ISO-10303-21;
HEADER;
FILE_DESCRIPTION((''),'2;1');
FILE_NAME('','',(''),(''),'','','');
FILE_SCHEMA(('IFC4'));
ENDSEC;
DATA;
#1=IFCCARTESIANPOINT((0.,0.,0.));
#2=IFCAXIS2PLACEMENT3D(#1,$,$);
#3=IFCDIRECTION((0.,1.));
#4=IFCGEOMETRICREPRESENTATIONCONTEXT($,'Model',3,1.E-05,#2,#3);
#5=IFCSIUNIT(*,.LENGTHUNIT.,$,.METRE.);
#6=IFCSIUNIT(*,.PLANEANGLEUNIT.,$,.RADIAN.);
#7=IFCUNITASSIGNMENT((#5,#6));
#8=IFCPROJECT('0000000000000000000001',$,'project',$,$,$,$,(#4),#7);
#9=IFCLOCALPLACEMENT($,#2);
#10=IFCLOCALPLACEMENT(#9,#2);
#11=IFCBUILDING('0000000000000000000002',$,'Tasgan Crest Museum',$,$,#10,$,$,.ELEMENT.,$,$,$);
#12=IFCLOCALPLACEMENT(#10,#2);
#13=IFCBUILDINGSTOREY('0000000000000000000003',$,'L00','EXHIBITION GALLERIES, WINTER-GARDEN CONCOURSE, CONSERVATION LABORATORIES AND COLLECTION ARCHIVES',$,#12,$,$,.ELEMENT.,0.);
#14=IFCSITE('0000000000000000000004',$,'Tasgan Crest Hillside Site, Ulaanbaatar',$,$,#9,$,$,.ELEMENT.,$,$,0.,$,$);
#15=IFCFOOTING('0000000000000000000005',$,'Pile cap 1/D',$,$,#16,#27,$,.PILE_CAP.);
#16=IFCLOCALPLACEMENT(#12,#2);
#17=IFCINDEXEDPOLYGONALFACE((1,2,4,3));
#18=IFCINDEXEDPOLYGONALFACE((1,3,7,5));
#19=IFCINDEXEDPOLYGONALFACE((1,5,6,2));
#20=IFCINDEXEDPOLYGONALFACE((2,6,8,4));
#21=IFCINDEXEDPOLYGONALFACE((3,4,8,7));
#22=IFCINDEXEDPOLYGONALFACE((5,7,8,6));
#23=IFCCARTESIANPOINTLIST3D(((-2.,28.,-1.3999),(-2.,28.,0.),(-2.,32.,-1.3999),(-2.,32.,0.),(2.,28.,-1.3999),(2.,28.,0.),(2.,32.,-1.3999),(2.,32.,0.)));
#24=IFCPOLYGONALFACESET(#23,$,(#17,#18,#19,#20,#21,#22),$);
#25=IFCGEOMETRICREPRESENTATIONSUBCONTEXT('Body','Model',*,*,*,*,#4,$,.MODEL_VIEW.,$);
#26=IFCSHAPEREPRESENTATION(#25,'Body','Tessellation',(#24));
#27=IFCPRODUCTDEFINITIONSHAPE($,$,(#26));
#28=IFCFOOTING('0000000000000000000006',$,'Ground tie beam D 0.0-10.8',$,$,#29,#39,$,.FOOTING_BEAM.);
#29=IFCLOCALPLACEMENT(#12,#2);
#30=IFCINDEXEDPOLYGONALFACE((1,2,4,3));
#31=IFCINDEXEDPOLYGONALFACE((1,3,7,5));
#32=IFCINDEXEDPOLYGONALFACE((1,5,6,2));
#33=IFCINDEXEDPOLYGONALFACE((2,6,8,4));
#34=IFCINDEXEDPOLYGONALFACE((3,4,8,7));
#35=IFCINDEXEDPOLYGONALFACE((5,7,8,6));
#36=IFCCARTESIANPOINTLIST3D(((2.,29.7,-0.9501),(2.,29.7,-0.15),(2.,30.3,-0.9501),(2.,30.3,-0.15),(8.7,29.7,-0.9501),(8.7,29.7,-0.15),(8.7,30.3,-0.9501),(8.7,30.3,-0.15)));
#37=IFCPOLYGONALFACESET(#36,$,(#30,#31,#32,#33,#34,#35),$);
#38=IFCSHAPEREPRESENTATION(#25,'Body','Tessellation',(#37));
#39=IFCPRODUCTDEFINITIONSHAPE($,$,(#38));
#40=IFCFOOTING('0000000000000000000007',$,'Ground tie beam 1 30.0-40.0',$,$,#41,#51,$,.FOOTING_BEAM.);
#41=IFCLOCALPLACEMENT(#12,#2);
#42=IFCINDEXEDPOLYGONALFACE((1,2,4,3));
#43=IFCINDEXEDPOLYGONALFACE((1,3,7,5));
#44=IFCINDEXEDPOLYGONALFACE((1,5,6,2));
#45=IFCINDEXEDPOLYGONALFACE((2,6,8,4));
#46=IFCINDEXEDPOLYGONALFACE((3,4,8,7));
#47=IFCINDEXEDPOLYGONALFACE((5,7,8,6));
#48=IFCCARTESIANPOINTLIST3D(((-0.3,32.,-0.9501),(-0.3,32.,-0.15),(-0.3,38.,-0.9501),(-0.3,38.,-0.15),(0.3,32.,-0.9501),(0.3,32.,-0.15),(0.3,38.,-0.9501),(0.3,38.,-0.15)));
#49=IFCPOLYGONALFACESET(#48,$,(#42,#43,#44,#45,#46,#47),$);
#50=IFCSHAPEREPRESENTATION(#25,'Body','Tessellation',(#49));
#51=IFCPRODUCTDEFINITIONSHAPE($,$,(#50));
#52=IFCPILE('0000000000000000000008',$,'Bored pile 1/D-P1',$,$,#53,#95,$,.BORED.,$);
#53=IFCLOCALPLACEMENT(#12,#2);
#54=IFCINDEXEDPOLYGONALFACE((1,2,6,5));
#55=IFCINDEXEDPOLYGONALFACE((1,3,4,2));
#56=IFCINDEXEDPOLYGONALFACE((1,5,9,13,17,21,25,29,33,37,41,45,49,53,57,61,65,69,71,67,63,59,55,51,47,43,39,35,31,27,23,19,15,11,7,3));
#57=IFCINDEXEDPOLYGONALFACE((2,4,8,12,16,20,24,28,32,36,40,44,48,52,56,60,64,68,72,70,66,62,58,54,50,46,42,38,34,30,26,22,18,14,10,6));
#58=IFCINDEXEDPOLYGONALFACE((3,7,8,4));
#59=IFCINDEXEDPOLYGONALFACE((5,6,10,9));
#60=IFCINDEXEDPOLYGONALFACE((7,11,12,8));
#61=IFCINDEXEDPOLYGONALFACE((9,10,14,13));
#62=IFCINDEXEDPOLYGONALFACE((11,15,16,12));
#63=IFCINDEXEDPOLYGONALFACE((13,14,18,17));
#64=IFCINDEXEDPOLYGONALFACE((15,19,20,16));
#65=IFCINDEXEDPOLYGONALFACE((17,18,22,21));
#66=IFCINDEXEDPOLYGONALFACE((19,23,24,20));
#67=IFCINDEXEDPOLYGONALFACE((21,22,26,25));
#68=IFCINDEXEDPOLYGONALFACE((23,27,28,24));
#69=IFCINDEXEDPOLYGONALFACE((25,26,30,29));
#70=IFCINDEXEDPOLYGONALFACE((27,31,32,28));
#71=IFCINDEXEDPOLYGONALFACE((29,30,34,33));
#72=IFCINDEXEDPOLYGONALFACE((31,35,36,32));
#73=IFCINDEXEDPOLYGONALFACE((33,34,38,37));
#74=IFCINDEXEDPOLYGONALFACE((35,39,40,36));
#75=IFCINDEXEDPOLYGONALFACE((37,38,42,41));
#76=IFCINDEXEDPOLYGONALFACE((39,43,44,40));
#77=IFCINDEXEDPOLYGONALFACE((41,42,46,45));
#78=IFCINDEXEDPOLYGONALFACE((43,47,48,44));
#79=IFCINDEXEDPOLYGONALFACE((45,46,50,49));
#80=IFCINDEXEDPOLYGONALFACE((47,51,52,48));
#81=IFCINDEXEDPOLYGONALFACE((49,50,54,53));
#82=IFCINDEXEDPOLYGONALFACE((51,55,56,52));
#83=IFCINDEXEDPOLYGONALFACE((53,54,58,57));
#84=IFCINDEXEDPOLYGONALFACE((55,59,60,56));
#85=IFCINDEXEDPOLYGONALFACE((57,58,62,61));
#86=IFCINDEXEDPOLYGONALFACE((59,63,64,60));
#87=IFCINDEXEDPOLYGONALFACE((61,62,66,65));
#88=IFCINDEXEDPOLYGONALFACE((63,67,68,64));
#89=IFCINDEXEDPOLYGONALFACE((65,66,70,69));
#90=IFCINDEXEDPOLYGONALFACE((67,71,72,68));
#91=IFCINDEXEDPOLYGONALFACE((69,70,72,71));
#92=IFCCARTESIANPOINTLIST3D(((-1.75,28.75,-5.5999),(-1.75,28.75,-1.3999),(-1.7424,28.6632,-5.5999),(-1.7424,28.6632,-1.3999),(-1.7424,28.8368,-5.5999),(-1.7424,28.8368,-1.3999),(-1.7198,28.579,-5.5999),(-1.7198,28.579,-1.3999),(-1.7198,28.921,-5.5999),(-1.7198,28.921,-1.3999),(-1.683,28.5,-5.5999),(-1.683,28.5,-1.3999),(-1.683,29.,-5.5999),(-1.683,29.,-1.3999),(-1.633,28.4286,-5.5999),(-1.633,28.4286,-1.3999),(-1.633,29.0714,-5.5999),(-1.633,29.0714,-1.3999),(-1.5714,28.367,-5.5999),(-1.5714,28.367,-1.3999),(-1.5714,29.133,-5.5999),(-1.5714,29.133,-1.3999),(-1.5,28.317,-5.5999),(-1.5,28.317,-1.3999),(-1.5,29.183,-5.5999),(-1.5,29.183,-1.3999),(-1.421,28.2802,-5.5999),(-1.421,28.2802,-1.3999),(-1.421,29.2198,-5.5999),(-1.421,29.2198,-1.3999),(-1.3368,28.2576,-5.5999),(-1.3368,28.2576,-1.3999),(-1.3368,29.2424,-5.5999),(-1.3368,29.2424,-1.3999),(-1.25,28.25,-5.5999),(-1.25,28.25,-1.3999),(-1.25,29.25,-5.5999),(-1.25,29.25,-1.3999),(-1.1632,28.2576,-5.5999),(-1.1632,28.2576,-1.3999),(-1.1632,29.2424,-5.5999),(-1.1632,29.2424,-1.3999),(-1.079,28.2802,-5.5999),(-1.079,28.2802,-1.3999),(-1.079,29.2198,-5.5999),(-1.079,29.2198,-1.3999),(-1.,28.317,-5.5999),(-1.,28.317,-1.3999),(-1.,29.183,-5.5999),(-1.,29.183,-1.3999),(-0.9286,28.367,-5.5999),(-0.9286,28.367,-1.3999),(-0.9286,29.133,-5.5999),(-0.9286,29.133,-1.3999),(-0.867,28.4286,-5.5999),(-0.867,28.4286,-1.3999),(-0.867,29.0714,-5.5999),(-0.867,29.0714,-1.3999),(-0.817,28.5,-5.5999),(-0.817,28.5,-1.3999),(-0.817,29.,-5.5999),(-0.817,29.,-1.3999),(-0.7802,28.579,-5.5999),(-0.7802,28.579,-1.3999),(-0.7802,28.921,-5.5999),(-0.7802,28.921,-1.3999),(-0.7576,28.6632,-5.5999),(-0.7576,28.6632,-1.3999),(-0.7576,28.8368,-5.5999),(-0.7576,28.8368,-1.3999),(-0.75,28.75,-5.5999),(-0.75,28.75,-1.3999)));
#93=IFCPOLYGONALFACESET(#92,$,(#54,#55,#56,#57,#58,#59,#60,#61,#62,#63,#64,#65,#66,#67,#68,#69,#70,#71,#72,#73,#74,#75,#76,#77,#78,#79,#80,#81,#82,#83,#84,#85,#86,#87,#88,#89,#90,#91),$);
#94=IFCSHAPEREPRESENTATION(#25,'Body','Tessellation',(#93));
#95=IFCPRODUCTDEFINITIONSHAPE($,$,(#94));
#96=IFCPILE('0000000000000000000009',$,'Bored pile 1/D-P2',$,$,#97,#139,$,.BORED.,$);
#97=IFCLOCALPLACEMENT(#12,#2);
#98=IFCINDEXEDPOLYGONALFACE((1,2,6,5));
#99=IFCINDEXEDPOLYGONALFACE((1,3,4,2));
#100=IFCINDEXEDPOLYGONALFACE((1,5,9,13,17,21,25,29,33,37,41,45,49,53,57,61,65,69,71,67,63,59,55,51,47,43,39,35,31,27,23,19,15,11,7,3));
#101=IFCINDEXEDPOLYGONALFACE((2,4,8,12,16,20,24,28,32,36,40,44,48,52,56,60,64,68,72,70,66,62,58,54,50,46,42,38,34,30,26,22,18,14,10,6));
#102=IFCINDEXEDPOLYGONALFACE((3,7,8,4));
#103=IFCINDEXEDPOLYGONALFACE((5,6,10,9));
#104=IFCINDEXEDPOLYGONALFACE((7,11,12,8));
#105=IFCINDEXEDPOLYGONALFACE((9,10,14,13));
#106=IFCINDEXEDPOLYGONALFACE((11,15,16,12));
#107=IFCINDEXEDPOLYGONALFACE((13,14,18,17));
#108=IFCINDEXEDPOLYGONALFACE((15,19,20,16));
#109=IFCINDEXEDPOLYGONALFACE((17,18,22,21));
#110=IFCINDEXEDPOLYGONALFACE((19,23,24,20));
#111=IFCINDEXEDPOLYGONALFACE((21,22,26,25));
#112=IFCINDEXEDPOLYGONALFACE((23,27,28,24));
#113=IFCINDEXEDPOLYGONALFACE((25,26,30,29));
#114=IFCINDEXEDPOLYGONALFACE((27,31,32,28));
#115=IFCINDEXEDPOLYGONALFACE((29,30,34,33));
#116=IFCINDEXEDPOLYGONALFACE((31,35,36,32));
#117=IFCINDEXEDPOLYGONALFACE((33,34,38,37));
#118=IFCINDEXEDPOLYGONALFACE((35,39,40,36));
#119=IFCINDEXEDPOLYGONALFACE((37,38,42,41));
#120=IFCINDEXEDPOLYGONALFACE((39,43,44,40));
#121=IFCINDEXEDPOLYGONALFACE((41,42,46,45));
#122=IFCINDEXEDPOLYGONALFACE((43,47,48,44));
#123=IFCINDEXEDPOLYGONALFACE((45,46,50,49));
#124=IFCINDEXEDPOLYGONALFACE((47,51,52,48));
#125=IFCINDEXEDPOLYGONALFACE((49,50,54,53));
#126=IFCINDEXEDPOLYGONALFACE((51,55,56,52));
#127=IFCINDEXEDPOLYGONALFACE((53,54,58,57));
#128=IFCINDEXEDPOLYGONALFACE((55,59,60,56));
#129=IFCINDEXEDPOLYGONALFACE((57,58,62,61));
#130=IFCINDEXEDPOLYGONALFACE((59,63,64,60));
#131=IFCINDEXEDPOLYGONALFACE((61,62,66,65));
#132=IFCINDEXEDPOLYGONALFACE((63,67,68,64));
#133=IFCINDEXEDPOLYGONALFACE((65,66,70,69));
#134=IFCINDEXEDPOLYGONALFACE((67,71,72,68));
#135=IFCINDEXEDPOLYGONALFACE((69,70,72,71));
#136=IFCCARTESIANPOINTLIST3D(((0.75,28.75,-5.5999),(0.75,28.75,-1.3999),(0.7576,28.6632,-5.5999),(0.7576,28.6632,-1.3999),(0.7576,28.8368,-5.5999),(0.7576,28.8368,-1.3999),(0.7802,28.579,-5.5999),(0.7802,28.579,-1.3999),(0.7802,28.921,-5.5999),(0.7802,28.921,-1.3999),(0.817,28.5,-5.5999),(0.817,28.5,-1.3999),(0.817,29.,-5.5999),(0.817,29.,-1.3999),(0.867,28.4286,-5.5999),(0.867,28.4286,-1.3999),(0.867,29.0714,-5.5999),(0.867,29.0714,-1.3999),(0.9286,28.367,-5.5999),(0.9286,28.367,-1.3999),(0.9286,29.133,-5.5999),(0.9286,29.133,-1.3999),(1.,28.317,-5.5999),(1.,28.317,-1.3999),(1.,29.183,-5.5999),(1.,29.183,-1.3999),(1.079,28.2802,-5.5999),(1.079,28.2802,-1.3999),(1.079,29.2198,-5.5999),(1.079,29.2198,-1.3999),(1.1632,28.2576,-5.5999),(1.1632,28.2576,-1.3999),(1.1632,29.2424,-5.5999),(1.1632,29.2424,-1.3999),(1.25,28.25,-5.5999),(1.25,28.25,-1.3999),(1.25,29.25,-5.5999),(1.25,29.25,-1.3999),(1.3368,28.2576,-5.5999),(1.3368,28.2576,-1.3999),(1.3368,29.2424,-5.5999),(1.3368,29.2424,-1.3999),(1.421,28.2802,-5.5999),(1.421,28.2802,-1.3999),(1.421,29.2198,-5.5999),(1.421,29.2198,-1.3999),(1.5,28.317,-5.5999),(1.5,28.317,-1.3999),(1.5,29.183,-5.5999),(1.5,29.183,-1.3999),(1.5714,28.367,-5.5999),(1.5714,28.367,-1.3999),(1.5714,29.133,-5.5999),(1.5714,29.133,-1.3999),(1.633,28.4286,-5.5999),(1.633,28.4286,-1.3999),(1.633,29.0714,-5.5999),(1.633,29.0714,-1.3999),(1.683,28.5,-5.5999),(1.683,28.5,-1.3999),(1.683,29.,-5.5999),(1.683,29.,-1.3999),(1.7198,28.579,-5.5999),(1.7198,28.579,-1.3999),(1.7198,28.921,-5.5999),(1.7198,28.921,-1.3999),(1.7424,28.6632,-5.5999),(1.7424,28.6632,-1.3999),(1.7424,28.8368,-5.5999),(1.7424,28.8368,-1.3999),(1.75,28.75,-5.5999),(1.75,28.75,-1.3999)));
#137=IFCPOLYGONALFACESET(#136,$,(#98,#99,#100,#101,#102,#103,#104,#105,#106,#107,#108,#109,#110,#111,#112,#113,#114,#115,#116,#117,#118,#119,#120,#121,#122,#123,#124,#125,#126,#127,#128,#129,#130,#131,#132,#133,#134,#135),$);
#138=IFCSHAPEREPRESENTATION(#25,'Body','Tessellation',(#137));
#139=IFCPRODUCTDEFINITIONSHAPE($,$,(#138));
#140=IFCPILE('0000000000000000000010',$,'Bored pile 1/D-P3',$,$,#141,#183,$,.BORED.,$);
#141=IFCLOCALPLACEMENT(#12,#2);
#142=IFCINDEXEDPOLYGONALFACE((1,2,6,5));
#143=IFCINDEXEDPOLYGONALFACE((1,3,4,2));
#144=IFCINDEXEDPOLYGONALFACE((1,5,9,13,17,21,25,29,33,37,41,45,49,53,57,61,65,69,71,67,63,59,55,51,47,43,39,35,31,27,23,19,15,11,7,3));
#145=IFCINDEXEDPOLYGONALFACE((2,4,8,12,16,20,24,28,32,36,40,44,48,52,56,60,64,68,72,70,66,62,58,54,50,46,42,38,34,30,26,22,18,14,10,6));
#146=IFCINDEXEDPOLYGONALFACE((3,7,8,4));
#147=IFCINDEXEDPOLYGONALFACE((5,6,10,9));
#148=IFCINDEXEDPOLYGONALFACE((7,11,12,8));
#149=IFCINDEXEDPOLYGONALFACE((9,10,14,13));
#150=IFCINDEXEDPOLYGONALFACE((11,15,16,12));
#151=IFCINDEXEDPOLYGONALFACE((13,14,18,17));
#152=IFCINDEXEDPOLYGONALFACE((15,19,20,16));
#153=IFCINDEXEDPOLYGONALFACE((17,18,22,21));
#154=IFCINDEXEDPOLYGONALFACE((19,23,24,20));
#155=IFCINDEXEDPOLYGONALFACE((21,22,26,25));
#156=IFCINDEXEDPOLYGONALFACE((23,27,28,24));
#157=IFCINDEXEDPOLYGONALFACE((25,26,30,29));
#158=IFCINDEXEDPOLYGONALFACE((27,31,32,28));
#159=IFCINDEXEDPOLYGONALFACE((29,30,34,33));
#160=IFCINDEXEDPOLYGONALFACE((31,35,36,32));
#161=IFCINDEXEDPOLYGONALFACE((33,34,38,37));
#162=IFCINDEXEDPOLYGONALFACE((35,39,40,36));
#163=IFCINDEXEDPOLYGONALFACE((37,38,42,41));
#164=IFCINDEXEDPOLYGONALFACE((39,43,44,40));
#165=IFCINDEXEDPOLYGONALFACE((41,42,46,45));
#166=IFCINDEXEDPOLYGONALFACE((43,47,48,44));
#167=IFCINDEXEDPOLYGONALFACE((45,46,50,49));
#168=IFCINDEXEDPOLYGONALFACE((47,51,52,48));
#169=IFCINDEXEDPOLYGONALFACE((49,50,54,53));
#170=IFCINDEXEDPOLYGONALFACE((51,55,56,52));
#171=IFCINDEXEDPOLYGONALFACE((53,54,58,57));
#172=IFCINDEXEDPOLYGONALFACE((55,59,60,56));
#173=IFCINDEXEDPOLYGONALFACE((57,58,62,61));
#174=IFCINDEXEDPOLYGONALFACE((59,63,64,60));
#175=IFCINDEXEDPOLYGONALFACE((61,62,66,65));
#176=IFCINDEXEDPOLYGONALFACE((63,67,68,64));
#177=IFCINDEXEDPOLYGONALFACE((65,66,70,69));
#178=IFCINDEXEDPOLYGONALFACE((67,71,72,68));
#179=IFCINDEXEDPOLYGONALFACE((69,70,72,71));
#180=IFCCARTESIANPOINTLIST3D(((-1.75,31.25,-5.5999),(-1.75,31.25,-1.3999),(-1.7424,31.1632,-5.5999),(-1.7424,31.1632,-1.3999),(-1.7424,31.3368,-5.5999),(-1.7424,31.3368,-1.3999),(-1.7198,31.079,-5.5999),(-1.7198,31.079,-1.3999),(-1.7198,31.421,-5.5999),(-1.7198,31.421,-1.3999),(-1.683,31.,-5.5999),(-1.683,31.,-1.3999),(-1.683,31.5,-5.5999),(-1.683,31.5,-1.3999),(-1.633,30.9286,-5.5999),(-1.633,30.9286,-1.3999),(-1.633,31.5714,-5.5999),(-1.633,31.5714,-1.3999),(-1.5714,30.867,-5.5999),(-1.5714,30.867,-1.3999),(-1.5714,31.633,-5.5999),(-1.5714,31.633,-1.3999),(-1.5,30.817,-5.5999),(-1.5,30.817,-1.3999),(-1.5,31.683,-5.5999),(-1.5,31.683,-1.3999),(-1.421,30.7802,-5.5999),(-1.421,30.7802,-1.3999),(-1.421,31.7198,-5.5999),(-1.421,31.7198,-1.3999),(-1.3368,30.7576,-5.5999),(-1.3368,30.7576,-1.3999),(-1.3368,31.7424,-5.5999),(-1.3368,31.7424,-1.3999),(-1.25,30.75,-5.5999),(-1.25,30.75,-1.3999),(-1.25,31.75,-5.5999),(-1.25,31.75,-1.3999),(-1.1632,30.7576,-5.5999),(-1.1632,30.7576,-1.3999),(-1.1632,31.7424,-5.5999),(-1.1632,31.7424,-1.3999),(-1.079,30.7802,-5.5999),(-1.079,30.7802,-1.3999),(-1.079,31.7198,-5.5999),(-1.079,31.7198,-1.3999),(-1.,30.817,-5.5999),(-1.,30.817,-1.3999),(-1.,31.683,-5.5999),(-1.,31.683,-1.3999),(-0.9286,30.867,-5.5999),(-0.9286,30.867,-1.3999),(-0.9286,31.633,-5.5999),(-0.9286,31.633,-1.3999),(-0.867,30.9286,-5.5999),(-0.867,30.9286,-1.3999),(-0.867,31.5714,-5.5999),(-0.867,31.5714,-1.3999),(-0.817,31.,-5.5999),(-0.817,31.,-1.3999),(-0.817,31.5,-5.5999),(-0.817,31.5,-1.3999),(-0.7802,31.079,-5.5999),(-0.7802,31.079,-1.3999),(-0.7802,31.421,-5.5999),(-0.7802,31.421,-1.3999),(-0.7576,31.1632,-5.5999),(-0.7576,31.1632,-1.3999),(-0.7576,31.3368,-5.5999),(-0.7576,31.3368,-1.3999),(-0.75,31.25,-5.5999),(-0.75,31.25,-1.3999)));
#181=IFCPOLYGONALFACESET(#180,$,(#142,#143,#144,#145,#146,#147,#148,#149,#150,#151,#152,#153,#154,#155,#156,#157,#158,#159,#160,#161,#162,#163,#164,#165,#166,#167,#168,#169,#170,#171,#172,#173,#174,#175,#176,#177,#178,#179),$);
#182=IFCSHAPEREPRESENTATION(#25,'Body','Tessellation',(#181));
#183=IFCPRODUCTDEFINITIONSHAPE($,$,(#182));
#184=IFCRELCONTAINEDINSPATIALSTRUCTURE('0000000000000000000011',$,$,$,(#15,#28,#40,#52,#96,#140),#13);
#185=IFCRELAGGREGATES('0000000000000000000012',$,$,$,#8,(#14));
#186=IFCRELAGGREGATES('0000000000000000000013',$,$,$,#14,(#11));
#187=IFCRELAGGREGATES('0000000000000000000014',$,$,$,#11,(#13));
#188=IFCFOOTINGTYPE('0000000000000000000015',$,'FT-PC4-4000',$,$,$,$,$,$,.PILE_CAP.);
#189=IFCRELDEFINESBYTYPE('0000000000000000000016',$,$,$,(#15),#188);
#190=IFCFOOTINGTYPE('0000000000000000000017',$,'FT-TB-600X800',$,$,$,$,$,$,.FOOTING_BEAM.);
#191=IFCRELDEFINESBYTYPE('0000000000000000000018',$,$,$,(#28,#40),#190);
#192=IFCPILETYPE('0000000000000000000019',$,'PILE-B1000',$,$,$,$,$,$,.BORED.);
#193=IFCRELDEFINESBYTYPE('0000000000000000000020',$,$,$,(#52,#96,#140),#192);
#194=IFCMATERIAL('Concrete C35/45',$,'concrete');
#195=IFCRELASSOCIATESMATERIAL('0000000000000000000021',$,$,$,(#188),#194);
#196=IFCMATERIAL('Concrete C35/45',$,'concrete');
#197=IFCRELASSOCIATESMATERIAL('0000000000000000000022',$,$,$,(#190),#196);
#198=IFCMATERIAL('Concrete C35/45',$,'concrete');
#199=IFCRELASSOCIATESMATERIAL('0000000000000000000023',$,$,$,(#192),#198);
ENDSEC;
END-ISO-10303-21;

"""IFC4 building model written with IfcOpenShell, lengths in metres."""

from ifc_helpers import new_model, si_unit, direction, frame, origin, origin_2d, place, context, subcontext, project, spatial, rectangle, circle, extrude, material, material_profile, profile_set, type_object, element, save


model = new_model("IFC4")

# Units and contexts
model_context = context("Model", 3, precision=1e-05, world=origin(), true_north=direction((0.0, 1.0)))
body_context = subcontext(model_context, "Body", "Model", "MODEL_VIEW")
ifc_project = project(units=[si_unit("LENGTHUNIT", "METRE"), si_unit("PLANEANGLEUNIT", "RADIAN")], contexts=[model_context])

# Site, building, storey
site_placement = place(None, origin())
site = spatial("IfcSite", under=ifc_project, at=site_placement, Name="Tasgan Crest Hillside Site, Ulaanbaatar", CompositionType="ELEMENT", RefElevation=0.0)
building_placement = place(site_placement, origin())
building = spatial("IfcBuilding", under=site, at=building_placement, Name="Tasgan Crest Museum", CompositionType="ELEMENT")
storey_placement = place(building_placement, origin())
storey = spatial("IfcBuildingStorey", under=building, at=storey_placement, Name="L00", Description="EXHIBITION GALLERIES, WINTER-GARDEN CONCOURSE, CONSERVATION LABORATORIES AND COLLECTION ARCHIVES", CompositionType="ELEMENT", Elevation=0.0)

# Footings
ifc_material_1 = material(Name="Concrete C35/45", Category="concrete")
footing_type_1 = type_object("IfcFootingType", Name="FT-PC4-4000", PredefinedType="PILE_CAP", material=ifc_material_1)
footing_1_placement = place(storey_placement, frame((0.0, 30.0, -1.3999), z_axis=(0.0, 0.0, 1.0), x_axis=(1.0, 0.0, 0.0)))
element("IfcFooting", 1, at=footing_1_placement, inside=storey, type_object=footing_type_1, Name="Pile cap 1/D", PredefinedType="PILE_CAP", context=body_context, shape_type="SweptSolid", body=[
    extrude(rectangle(XDim=4.0, YDim=4.0, at=origin_2d()), origin(), (0.0, 0.0, 1.0), 1.3999),
])
ifc_material_2 = material(Name="Concrete C35/45", Category="concrete")
ifc_material_profile_1 = material_profile(ifc_material_2, rectangle(XDim=0.6001, YDim=0.8, at=origin_2d()), Name="TB 600x800")
ifc_profile_set_1 = profile_set([ifc_material_profile_1], Name="Concrete C35/45")
footing_type_2 = type_object("IfcFootingType", Name="FT-TB-600X800", PredefinedType="FOOTING_BEAM", material=ifc_profile_set_1)
footing_2_placement = place(storey_placement, frame((2.0, 30.0, -0.55), z_axis=(1.0, 0.0, 0.0), x_axis=(0.0, 1.0, 0.0)))
element("IfcFooting", 2, at=footing_2_placement, inside=storey, type_object=footing_type_2, Name="Ground tie beam D 0.0-10.8", PredefinedType="FOOTING_BEAM", context=body_context, shape_type="SweptSolid", body=[
    extrude(rectangle(XDim=0.6001, YDim=0.8, at=origin_2d()), origin(), (0.0, 0.0, 1.0), 6.7),
])
footing_3_placement = place(storey_placement, frame((0.0, 32.0, -0.55), z_axis=(0.0, 1.0, 0.0), x_axis=(-1.0, 0.0, 0.0)))
element("IfcFooting", 3, at=footing_3_placement, inside=storey, type_object=footing_type_2, Name="Ground tie beam 1 30.0-40.0", PredefinedType="FOOTING_BEAM", context=body_context, shape_type="SweptSolid", body=[
    extrude(rectangle(XDim=0.6001, YDim=0.8, at=origin_2d()), origin(), (0.0, 0.0, 1.0), 6.0),
])

# Piles
ifc_material_3 = material(Name="Concrete C35/45", Category="concrete")
ifc_material_profile_2 = material_profile(ifc_material_3, circle(Radius=0.5, at=origin_2d()), Name="PILE D1000")
ifc_profile_set_2 = profile_set([ifc_material_profile_2], Name="Concrete C35/45")
pile_type = type_object("IfcPileType", Name="PILE-B1000", PredefinedType="BORED", material=ifc_profile_set_2)
for number, where, z_axis, x_axis, name in (
    (4, (-1.25, 28.75, -1.3999), (0.0, 0.0, -1.0), (1.0, 0.0, 0.0), "Bored pile 1/D-P1"),
    (5, (1.25, 28.75, -1.3999), (0.0, 0.0, -1.0), (1.0, 0.0, 0.0), "Bored pile 1/D-P2"),
    (6, (-1.25, 31.25, -1.3999), (0.0, 0.0, -1.0), (1.0, 0.0, 0.0), "Bored pile 1/D-P3"),
):
    element("IfcPile", number, at=place(storey_placement, frame(where, z_axis=z_axis, x_axis=x_axis)), inside=storey, type_object=pile_type, Name=name, PredefinedType="BORED", context=body_context, shape_type="SweptSolid", body=[
        extrude(circle(Radius=0.5, at=origin_2d()), origin(), (0.0, 0.0, 1.0), 4.2),
    ])

save(model, "model.ifc")
